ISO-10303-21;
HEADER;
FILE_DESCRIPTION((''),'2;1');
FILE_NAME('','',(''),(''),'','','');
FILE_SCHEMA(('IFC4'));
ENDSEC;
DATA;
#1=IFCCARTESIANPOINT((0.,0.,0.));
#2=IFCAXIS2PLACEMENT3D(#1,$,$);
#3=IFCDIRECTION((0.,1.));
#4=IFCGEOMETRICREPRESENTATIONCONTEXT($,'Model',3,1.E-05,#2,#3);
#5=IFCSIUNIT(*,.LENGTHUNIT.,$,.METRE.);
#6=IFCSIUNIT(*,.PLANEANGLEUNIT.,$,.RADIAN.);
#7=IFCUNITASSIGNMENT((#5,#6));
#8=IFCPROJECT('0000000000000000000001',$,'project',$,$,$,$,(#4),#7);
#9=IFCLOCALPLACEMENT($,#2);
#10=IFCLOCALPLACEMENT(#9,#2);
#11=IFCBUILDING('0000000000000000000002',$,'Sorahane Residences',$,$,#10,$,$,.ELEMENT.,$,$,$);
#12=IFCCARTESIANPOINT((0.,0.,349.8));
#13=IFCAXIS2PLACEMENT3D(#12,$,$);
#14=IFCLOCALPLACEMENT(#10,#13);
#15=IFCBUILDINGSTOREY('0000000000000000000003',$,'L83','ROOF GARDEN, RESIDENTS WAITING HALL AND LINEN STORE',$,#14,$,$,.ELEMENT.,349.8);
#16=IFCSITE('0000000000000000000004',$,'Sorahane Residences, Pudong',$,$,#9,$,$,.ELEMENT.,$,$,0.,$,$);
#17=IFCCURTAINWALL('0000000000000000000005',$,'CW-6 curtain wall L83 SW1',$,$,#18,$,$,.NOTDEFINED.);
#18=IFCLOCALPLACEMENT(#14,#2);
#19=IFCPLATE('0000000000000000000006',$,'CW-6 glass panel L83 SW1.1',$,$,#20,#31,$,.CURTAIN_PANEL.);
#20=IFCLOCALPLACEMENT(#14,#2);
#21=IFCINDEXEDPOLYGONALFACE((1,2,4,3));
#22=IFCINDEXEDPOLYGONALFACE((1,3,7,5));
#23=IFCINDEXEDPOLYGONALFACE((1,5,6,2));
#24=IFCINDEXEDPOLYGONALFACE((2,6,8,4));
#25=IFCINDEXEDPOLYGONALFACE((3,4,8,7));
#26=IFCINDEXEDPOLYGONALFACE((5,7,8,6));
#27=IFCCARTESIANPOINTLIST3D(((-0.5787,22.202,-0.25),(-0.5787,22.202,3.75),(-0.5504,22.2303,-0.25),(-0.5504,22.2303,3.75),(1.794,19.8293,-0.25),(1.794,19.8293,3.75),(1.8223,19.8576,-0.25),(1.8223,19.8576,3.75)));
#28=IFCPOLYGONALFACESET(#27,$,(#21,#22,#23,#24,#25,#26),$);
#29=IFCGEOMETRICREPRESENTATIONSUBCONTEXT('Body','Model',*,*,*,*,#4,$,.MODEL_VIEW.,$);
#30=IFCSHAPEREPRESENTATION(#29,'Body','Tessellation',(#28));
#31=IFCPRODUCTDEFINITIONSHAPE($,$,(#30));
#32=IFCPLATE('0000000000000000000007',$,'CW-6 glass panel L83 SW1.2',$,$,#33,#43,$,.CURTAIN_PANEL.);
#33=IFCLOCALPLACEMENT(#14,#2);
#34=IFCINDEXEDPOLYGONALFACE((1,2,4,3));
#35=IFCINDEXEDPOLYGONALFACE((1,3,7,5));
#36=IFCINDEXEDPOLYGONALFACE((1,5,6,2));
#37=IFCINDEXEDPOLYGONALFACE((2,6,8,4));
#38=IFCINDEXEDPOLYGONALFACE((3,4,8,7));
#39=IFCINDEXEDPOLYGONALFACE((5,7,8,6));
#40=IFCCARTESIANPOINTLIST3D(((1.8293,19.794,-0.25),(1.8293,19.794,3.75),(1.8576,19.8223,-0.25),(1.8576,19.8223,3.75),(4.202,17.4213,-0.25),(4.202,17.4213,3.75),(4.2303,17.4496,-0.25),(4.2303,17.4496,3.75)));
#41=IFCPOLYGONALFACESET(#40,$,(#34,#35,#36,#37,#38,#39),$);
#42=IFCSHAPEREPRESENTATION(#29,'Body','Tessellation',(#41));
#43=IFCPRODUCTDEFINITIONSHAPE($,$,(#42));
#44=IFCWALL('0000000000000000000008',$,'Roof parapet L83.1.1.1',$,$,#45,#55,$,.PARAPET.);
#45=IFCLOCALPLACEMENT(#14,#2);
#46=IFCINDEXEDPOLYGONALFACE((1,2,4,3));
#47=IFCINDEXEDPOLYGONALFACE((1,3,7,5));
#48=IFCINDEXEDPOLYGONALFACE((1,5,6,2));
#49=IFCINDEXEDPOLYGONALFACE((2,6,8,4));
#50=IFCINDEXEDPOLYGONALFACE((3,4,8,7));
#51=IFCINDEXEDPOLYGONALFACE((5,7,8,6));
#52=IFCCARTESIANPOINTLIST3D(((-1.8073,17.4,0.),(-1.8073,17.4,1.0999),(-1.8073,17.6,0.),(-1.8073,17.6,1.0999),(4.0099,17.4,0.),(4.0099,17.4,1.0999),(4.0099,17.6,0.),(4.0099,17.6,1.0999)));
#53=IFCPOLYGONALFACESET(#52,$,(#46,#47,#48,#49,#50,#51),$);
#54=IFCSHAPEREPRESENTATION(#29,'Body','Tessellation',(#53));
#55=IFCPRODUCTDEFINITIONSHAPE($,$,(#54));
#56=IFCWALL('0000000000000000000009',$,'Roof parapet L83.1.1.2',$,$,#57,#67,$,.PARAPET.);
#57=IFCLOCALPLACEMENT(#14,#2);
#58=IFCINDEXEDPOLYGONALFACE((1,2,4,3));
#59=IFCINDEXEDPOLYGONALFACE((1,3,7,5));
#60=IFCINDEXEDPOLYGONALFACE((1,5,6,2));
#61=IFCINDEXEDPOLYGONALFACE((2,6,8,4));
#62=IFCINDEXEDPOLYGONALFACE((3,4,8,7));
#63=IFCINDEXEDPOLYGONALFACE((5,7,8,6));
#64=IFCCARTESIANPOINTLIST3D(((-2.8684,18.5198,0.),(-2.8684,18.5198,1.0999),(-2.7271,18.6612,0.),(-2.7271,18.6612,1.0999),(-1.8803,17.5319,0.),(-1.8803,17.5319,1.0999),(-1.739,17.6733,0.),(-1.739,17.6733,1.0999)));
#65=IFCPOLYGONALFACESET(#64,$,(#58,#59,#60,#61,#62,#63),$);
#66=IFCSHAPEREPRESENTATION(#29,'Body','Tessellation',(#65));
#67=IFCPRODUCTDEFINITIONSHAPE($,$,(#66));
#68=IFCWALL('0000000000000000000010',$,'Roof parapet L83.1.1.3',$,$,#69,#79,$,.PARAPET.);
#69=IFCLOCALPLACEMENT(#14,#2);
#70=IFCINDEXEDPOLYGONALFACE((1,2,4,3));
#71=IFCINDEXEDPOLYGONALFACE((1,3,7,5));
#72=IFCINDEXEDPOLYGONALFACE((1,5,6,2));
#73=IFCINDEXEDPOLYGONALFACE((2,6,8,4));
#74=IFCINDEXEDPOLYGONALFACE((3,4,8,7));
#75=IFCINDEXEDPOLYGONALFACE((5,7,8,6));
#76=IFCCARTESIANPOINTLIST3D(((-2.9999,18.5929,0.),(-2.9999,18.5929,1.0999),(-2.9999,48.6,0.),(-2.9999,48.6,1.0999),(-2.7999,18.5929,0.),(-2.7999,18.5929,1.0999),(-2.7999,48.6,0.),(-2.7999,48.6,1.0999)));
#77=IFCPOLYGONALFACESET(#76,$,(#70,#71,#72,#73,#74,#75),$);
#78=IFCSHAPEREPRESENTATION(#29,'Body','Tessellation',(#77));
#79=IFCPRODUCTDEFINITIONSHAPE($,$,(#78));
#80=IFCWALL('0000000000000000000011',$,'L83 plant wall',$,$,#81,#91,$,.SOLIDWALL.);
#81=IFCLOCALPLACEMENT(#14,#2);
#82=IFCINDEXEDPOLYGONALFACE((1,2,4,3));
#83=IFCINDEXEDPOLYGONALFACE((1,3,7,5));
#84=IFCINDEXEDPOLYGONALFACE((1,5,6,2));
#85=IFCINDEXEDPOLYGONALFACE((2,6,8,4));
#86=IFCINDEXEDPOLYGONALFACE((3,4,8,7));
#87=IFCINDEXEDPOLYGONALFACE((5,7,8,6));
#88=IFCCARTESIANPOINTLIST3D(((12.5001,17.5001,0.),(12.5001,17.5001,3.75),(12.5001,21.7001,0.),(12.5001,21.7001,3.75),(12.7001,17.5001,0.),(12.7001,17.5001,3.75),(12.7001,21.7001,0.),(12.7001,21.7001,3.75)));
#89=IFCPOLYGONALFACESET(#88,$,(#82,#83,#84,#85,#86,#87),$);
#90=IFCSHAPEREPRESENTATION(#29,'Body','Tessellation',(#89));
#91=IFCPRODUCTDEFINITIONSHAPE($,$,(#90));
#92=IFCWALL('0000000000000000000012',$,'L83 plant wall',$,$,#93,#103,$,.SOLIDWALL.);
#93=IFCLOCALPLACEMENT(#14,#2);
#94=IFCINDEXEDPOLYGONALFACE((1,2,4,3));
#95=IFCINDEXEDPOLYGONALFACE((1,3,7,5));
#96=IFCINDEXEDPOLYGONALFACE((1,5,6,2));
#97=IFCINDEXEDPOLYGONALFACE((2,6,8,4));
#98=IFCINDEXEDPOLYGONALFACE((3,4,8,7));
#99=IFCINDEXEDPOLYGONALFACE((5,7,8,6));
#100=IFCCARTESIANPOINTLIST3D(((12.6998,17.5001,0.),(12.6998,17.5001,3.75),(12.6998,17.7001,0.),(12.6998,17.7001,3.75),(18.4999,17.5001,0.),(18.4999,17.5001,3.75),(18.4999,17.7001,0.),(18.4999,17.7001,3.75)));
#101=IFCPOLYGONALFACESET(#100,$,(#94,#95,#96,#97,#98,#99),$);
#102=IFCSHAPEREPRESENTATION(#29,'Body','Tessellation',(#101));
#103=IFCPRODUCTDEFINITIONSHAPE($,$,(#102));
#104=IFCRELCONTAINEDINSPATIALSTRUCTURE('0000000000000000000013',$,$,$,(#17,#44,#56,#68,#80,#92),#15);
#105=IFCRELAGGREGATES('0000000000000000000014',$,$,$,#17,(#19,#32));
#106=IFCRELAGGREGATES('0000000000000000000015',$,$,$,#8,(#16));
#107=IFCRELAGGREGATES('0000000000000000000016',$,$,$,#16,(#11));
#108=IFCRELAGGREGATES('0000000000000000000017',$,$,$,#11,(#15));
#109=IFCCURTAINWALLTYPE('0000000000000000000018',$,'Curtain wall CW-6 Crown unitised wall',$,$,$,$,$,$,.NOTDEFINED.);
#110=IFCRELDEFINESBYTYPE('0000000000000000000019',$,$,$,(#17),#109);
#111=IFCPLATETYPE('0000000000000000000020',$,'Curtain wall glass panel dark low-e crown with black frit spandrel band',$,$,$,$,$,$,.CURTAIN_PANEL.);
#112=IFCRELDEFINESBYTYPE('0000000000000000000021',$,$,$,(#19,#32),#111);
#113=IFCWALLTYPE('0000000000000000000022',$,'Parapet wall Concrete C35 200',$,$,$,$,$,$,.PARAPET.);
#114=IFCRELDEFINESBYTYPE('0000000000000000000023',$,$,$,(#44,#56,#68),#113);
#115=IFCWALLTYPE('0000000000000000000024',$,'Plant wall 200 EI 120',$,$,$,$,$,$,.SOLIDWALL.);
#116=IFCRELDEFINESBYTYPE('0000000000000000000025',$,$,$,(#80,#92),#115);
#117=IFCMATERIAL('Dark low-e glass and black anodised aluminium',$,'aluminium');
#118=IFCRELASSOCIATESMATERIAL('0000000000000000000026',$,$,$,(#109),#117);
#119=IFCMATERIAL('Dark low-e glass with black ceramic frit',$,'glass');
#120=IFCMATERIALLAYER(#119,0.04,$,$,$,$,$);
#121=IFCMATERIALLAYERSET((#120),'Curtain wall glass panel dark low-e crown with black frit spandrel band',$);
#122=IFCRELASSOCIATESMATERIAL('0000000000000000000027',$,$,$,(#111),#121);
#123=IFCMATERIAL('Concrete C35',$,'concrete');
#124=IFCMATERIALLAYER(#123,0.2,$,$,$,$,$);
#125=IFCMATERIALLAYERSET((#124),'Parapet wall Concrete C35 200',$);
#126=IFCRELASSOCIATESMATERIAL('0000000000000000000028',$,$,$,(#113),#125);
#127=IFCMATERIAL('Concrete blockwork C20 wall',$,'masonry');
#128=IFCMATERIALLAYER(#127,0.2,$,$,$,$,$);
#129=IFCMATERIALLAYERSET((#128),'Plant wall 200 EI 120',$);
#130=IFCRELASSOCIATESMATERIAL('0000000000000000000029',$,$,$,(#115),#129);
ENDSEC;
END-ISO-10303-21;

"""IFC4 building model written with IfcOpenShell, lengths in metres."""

from ifc_helpers import new_model, si_unit, direction, frame, frame_2d, origin, origin_2d, place, context, subcontext, project, spatial, rectangle, extrude, material, layer, layer_set, type_object, element, aggregate, save


model = new_model("IFC4")

# Units and contexts
model_context = context("Model", 3, precision=1e-05, world=origin(), true_north=direction((0.0, 1.0)))
body_context = subcontext(model_context, "Body", "Model", "MODEL_VIEW")
ifc_project = project(units=[si_unit("LENGTHUNIT", "METRE"), si_unit("PLANEANGLEUNIT", "RADIAN")], contexts=[model_context])

# Site, building, storey
site_placement = place(None, origin())
site = spatial("IfcSite", under=ifc_project, at=site_placement, Name="Sorahane Residences, Pudong", CompositionType="ELEMENT", RefElevation=0.0)
building_placement = place(site_placement, origin())
building = spatial("IfcBuilding", under=site, at=building_placement, Name="Sorahane Residences", CompositionType="ELEMENT")
storey_placement = place(building_placement, frame((0.0, 0.0, 349.8)))
storey = spatial("IfcBuildingStorey", under=building, at=storey_placement, Name="L83", Description="ROOF GARDEN, RESIDENTS WAITING HALL AND LINEN STORE", CompositionType="ELEMENT", Elevation=349.8)

# Shared definitions
ifc_material_1 = material(Name="Dark low-e glass and black anodised aluminium", Category="aluminium")
curtain_wall_type = type_object("IfcCurtainWallType", Name="Curtain wall CW-6 Crown unitised wall", PredefinedType="NOTDEFINED", material=ifc_material_1)

# Curtain wall
curtain_wall_1_placement = place(storey_placement, origin())
curtain_wall_1 = element("IfcCurtainWall", 1, at=curtain_wall_1_placement, inside=storey, type_object=curtain_wall_type, Name="CW-6 curtain wall L83 SW1", PredefinedType="NOTDEFINED")

# Plates
ifc_material_2 = material(Name="Dark low-e glass with black ceramic frit", Category="glass")
ifc_layer_1 = layer(ifc_material_2, 0.04)
ifc_layer_set_1 = layer_set([ifc_layer_1], Name="Curtain wall glass panel dark low-e crown with black frit spandrel band")
plate_type = type_object("IfcPlateType", Name="Curtain wall glass panel dark low-e crown with black frit spandrel band", PredefinedType="CURTAIN_PANEL", material=ifc_layer_set_1)
plate_1_placement = place(storey_placement, frame((0.6218, 21.0298, -0.25), z_axis=(0.0, 0.0, 1.0), x_axis=(0.707107, -0.707107, 0.0)))
plate_1 = element("IfcPlate", 2, at=plate_1_placement, type_object=plate_type, Name="CW-6 glass panel L83 SW1.1", PredefinedType="CURTAIN_PANEL", context=body_context, shape_type="SweptSolid", body=[
    extrude(rectangle(XDim=3.3555, YDim=0.04, at=origin_2d()), origin(), (0.0, 0.0, 1.0), 4.0),
])
plate_2_placement = place(storey_placement, frame((3.0298, 18.6218, -0.25), z_axis=(0.0, 0.0, 1.0), x_axis=(0.707107, -0.707107, 0.0)))
plate_2 = element("IfcPlate", 3, at=plate_2_placement, type_object=plate_type, Name="CW-6 glass panel L83 SW1.2", PredefinedType="CURTAIN_PANEL", context=body_context, shape_type="SweptSolid", body=[
    extrude(rectangle(XDim=3.3555, YDim=0.04, at=origin_2d()), origin(), (0.0, 0.0, 1.0), 4.0),
])
aggregate(curtain_wall_1, [plate_1, plate_2])

# Walls
ifc_material_3 = material(Name="Concrete C35", Category="concrete")
ifc_layer_2 = layer(ifc_material_3, 0.2)
ifc_layer_set_2 = layer_set([ifc_layer_2], Name="Parapet wall Concrete C35 200")
wall_type_1 = type_object("IfcWallType", Name="Parapet wall Concrete C35 200", PredefinedType="PARAPET", material=ifc_layer_set_2)
wall_1_placement = place(storey_placement, frame((4.01, 17.5, 0.0), z_axis=(0.0, 0.0, 1.0), x_axis=(-1.0, 0.0, 0.0)))
element("IfcWall", 4, at=wall_1_placement, inside=storey, type_object=wall_type_1, Name="Roof parapet L83.1.1.1", PredefinedType="PARAPET", context=body_context, shape_type="SweptSolid", body=[
    extrude(rectangle(XDim=5.8171, YDim=0.2, at=frame_2d((2.9087, 0.0))), origin(), (0.0, 0.0, 1.0), 1.0999),
])
wall_2_placement = place(storey_placement, frame((-1.8096, 17.6025, 0.0), z_axis=(0.0, 0.0, 1.0), x_axis=(-0.707194, 0.707019, 0.0)))
element("IfcWall", 5, at=wall_2_placement, inside=storey, type_object=wall_type_1, Name="Roof parapet L83.1.1.2", PredefinedType="PARAPET", context=body_context, shape_type="SweptSolid", body=[
    extrude(rectangle(XDim=1.3972, YDim=0.2, at=frame_2d((0.6987, 0.0))), origin(), (0.0, 0.0, 1.0), 1.0999),
])
wall_3_placement = place(storey_placement, frame((-2.8999, 18.593, 0.0), z_axis=(0.0, 0.0, 1.0), x_axis=(0.0, 1.0, 0.0)))
element("IfcWall", 6, at=wall_3_placement, inside=storey, type_object=wall_type_1, Name="Roof parapet L83.1.1.3", PredefinedType="PARAPET", context=body_context, shape_type="SweptSolid", body=[
    extrude(rectangle(XDim=30.0071, YDim=0.2, at=frame_2d((15.0034, 0.0))), origin(), (0.0, 0.0, 1.0), 1.0999),
])
ifc_material_4 = material(Name="Concrete blockwork C20 wall", Category="masonry")
ifc_layer_3 = layer(ifc_material_4, 0.2)
ifc_layer_set_3 = layer_set([ifc_layer_3], Name="Plant wall 200 EI 120")
wall_type_2 = type_object("IfcWallType", Name="Plant wall 200 EI 120", PredefinedType="SOLIDWALL", material=ifc_layer_set_3)
wall_4_placement = place(storey_placement, frame((12.6001, 17.5, 0.0), z_axis=(0.0, 0.0, 1.0), x_axis=(0.0, 1.0, 0.0)))
element("IfcWall", 7, at=wall_4_placement, inside=storey, type_object=wall_type_2, Name="L83 plant wall", PredefinedType="SOLIDWALL", context=body_context, shape_type="SweptSolid", body=[
    extrude(rectangle(XDim=4.2, YDim=0.2, at=frame_2d((2.1001, 0.0))), origin(), (0.0, 0.0, 1.0), 3.75),
])
wall_5_placement = place(storey_placement, frame((12.7, 17.6001, 0.0), z_axis=(0.0, 0.0, 1.0), x_axis=(1.0, 0.0, 0.0)))
element("IfcWall", 8, at=wall_5_placement, inside=storey, type_object=wall_type_2, Name="L83 plant wall", PredefinedType="SOLIDWALL", context=body_context, shape_type="SweptSolid", body=[
    extrude(rectangle(XDim=5.8, YDim=0.2, at=frame_2d((2.8999, 0.0))), origin(), (0.0, 0.0, 1.0), 3.75),
])

save(model, "model.ifc")
